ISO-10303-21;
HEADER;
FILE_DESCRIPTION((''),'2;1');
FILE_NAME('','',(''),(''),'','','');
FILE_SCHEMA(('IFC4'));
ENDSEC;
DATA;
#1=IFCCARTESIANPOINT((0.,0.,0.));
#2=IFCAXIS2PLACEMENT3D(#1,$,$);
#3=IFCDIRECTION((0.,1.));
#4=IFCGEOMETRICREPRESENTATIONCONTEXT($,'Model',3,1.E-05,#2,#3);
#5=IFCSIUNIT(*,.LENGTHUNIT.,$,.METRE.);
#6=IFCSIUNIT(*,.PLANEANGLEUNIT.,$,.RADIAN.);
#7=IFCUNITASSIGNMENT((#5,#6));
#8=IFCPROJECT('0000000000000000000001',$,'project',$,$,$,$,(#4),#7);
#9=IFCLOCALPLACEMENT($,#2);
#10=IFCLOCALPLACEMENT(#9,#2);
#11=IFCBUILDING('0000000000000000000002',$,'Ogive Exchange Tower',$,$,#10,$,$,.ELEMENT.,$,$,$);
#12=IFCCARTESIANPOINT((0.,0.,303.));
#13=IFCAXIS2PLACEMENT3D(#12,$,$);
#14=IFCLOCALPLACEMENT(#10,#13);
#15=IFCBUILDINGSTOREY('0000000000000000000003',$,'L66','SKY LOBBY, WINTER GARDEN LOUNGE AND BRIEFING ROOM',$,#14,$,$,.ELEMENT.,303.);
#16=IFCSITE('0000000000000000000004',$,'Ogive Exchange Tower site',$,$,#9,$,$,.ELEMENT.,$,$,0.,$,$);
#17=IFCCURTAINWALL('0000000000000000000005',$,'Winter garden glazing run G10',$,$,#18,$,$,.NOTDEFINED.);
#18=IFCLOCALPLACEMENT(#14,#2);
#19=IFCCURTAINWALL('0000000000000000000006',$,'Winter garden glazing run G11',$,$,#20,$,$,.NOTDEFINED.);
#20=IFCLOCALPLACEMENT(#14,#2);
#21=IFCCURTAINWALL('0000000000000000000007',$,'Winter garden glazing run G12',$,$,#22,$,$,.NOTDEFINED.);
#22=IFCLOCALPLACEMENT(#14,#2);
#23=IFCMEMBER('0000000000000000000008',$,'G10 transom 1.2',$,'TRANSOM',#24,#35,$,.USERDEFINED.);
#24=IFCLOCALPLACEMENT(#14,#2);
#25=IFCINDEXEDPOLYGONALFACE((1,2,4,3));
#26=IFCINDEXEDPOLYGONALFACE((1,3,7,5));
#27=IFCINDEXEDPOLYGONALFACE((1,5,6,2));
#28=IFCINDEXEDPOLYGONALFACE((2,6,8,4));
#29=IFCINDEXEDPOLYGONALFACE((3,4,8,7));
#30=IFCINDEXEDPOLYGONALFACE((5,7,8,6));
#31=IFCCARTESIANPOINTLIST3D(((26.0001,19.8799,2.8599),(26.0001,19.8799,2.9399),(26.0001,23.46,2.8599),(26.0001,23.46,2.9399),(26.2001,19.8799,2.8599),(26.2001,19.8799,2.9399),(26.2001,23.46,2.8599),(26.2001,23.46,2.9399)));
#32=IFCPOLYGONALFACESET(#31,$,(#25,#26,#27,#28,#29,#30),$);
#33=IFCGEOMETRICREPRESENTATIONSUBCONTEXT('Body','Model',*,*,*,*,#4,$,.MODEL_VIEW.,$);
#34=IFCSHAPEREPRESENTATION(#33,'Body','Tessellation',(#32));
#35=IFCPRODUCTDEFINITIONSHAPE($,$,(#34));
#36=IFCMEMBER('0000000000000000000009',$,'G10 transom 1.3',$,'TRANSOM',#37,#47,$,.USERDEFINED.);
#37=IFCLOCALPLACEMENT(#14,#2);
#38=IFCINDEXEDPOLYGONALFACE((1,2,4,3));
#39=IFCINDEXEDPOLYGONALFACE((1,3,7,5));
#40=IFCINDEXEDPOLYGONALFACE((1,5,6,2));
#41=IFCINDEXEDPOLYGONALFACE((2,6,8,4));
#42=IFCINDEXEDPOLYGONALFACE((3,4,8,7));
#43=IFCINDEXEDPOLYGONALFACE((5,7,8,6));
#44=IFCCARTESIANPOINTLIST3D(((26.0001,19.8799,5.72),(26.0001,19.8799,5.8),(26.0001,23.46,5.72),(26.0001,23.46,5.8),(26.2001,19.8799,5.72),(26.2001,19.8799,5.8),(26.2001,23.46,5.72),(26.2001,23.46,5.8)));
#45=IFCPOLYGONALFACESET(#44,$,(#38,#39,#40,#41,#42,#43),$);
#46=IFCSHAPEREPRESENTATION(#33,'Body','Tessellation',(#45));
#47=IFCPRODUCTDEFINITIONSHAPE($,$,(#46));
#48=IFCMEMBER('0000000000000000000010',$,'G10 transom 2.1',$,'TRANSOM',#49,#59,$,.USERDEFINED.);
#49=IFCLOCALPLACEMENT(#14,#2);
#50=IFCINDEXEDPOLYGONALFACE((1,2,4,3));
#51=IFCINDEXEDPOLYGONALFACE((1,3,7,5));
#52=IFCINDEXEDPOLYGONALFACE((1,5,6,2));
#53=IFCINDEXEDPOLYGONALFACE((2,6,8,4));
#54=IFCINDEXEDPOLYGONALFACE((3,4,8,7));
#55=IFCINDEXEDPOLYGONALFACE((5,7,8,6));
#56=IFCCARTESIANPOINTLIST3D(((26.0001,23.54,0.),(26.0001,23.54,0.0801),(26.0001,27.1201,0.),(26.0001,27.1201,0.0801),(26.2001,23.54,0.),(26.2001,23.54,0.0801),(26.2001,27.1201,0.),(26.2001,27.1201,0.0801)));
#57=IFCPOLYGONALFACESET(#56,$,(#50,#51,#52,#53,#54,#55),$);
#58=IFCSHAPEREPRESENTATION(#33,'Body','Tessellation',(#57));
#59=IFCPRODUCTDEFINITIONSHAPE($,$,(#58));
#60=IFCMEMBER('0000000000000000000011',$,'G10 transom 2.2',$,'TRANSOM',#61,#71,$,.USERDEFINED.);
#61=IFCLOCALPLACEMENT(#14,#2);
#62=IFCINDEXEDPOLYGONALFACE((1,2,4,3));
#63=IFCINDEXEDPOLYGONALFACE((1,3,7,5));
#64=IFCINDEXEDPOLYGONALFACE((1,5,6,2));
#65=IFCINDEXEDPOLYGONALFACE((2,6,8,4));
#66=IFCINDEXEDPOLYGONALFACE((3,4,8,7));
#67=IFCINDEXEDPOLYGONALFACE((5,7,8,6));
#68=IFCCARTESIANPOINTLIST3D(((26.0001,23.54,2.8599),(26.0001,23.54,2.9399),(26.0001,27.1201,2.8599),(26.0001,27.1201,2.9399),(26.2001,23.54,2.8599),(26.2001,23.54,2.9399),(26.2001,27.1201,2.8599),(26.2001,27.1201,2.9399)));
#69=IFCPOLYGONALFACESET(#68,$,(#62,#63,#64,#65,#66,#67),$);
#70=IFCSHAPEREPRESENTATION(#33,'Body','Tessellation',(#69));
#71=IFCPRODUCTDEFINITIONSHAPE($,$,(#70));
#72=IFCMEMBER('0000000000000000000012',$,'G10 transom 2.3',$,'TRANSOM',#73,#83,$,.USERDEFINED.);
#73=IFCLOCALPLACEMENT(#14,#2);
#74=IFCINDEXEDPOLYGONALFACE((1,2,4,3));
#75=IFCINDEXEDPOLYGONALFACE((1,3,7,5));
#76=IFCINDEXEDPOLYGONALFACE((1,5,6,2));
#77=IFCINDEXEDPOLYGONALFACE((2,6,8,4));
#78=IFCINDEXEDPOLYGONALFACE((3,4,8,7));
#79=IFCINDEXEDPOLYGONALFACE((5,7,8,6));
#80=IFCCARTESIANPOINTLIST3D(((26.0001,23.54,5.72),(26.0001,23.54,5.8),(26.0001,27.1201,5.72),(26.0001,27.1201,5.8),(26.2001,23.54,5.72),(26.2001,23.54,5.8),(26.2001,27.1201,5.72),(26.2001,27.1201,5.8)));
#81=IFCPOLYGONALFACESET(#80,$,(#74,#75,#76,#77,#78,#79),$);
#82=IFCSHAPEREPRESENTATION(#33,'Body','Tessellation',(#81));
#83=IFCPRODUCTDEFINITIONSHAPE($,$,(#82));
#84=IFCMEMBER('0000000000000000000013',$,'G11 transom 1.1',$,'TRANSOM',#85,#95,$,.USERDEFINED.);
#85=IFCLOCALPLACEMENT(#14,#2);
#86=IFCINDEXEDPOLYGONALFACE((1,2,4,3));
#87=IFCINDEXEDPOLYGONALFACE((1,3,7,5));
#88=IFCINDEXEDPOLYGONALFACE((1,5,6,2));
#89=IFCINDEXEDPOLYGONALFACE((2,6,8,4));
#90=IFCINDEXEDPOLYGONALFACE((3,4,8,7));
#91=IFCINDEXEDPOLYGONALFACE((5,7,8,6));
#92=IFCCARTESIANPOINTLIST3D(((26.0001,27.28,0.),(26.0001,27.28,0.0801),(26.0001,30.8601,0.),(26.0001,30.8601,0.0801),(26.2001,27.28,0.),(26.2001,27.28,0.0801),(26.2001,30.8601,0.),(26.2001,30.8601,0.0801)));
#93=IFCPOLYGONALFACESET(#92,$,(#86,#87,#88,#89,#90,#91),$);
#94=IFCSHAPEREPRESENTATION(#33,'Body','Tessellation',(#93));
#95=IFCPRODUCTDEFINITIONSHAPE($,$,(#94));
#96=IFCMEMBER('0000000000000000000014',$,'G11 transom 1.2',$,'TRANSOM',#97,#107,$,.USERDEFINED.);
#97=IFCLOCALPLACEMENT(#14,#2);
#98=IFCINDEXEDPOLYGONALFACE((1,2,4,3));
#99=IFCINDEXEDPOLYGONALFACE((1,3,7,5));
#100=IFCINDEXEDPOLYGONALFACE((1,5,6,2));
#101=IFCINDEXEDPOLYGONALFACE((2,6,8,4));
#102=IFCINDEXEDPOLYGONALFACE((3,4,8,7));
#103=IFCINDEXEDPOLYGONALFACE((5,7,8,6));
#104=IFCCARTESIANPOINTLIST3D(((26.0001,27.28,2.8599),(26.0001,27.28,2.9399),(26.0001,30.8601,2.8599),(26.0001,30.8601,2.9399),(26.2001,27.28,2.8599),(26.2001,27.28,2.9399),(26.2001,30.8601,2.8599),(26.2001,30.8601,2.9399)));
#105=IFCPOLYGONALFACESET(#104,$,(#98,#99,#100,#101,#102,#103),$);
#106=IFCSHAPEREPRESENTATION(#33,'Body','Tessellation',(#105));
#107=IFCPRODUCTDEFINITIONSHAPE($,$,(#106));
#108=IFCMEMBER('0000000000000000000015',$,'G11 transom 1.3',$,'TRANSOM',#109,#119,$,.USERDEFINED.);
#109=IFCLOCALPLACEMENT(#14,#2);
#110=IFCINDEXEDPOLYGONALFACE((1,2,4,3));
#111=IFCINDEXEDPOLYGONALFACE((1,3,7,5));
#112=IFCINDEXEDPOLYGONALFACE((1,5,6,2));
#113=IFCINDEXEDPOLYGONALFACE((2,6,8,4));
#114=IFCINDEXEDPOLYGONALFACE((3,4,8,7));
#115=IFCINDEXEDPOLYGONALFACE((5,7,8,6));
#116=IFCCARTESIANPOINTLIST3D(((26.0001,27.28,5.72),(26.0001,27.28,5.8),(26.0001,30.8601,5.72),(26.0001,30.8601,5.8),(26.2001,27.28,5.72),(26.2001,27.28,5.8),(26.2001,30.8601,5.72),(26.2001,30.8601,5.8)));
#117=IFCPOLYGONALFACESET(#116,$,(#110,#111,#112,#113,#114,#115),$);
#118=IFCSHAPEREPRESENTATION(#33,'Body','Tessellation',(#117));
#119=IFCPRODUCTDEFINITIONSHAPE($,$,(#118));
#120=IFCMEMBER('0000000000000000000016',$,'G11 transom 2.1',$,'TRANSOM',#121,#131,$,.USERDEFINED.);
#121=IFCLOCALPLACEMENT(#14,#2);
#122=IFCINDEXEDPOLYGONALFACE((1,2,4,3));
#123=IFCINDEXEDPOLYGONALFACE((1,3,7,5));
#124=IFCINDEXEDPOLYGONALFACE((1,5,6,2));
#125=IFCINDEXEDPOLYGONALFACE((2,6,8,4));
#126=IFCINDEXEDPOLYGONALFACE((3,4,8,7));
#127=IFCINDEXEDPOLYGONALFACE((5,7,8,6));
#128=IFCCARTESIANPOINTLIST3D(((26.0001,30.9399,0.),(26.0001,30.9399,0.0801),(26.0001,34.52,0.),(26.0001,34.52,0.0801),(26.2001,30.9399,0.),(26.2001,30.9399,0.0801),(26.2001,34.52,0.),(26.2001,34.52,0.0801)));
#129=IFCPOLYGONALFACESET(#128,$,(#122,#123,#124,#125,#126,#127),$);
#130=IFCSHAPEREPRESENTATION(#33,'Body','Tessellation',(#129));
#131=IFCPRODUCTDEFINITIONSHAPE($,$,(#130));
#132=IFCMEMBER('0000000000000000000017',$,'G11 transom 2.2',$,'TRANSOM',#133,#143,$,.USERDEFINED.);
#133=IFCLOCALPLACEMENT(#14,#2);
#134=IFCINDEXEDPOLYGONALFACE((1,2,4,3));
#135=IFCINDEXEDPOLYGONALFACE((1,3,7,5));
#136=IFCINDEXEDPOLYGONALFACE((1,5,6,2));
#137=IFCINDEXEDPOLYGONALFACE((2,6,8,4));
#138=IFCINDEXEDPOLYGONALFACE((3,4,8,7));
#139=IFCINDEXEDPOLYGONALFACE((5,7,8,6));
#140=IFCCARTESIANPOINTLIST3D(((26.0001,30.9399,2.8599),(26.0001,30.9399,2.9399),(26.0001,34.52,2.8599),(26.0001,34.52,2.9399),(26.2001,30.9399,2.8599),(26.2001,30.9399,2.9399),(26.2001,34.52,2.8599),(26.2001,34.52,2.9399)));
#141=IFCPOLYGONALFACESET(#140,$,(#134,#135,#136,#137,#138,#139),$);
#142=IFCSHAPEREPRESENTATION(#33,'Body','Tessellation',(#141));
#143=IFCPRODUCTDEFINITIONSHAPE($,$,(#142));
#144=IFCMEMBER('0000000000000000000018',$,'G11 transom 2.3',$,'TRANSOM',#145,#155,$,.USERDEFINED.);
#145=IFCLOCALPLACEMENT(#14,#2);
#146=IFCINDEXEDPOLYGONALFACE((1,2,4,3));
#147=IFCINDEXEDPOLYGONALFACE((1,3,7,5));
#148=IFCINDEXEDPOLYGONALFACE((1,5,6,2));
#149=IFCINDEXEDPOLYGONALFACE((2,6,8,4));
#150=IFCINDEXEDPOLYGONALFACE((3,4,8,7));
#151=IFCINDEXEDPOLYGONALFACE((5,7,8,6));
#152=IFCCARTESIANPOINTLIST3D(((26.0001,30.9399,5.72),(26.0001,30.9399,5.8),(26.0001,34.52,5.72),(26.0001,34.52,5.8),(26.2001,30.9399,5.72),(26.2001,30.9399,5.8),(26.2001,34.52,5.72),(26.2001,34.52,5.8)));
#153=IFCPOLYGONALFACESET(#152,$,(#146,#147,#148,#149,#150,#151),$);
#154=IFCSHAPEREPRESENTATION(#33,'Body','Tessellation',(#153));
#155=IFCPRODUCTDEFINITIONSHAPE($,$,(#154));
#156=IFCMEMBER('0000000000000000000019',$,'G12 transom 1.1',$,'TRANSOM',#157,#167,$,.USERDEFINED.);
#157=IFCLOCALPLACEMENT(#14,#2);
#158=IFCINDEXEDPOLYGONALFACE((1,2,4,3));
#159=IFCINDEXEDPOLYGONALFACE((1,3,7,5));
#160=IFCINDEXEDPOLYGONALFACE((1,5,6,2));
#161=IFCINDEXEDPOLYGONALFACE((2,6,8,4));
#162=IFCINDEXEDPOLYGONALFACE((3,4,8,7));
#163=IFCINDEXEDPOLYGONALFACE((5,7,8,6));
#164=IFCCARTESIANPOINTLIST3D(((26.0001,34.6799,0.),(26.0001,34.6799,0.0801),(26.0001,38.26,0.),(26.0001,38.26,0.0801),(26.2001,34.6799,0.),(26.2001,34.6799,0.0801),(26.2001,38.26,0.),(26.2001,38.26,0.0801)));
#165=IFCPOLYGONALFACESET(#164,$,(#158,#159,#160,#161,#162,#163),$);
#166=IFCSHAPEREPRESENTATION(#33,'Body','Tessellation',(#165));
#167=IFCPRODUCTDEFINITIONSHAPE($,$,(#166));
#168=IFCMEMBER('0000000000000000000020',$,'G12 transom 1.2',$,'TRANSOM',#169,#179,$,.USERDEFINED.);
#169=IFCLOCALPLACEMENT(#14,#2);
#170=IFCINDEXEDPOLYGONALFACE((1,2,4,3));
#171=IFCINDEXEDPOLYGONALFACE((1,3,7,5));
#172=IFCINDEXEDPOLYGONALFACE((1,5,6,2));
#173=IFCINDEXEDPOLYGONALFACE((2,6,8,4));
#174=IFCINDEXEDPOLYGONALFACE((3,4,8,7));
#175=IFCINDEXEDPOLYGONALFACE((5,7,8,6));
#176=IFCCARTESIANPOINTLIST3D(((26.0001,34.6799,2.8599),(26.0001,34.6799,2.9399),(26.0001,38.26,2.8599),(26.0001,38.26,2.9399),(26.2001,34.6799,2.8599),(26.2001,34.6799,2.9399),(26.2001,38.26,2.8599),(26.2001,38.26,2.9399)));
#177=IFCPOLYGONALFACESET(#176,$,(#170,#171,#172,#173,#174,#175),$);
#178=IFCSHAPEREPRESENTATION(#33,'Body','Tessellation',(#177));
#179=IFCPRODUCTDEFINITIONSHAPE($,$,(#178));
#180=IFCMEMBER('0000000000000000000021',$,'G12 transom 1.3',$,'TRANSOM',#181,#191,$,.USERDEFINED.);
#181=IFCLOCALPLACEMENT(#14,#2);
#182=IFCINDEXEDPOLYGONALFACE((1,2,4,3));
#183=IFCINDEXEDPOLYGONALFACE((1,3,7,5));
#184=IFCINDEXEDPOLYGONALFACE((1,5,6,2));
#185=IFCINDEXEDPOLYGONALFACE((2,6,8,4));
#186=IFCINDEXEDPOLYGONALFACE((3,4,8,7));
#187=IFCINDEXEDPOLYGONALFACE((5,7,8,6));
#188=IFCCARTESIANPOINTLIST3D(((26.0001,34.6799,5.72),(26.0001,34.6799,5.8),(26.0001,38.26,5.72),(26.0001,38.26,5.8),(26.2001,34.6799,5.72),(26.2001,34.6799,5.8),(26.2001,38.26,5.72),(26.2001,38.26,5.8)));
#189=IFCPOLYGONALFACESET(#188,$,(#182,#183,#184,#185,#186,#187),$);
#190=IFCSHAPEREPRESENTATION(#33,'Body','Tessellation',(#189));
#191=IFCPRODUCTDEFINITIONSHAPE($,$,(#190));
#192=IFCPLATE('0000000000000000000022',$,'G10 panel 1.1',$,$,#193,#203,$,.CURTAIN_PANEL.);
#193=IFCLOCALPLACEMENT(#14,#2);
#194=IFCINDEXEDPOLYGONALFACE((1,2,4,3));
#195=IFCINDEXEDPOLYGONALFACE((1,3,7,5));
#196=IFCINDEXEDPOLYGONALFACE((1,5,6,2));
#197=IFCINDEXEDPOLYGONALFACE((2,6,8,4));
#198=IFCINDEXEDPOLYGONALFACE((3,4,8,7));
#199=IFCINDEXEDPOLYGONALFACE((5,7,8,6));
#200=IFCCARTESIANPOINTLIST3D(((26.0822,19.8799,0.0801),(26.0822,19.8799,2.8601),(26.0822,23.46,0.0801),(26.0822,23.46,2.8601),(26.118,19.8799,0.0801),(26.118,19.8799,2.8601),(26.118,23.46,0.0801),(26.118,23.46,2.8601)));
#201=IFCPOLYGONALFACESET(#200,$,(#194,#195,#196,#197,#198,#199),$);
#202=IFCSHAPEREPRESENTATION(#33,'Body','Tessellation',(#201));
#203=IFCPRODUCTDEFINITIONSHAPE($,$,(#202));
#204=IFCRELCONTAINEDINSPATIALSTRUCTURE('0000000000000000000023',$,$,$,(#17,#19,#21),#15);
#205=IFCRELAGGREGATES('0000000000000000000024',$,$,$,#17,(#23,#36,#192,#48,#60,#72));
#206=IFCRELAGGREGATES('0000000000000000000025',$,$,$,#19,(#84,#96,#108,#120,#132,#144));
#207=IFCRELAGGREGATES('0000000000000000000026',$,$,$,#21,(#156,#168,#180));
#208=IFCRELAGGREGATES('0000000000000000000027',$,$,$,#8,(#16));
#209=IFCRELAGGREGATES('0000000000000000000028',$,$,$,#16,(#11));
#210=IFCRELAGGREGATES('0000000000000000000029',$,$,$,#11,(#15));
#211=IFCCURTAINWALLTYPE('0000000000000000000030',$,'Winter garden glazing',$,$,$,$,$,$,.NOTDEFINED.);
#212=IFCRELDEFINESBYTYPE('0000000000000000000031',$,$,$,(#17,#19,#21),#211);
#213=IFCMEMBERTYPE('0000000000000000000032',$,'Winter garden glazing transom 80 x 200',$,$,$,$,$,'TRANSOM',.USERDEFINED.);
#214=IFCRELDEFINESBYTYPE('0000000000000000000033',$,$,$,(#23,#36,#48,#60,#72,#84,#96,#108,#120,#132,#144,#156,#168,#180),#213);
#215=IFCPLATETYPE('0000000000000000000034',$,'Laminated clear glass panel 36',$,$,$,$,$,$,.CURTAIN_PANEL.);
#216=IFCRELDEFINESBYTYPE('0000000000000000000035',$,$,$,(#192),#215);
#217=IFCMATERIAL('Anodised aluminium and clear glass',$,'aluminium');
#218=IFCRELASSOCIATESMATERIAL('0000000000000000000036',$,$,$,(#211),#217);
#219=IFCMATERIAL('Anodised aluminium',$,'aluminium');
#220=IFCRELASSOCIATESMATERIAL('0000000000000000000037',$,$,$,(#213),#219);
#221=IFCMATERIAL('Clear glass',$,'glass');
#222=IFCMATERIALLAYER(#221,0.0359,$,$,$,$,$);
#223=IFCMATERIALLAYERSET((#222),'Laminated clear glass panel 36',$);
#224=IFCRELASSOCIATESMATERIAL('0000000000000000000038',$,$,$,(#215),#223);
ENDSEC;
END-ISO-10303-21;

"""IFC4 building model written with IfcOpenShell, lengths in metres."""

from ifc_helpers import new_model, si_unit, direction, frame, origin, origin_2d, place, context, subcontext, project, spatial, rectangle, extrude, material, layer, layer_set, material_profile, profile_set, type_object, element, aggregate, save


model = new_model("IFC4")

# Units and contexts
model_context = context("Model", 3, precision=1e-05, world=origin(), true_north=direction((0.0, 1.0)))
body_context = subcontext(model_context, "Body", "Model", "MODEL_VIEW")
ifc_project = project(units=[si_unit("LENGTHUNIT", "METRE"), si_unit("PLANEANGLEUNIT", "RADIAN")], contexts=[model_context])

# Site, building, storey
site_placement = place(None, origin())
site = spatial("IfcSite", under=ifc_project, at=site_placement, Name="Ogive Exchange Tower site", CompositionType="ELEMENT", RefElevation=0.0)
building_placement = place(site_placement, origin())
building = spatial("IfcBuilding", under=site, at=building_placement, Name="Ogive Exchange Tower", CompositionType="ELEMENT")
storey_placement = place(building_placement, frame((0.0, 0.0, 303.0)))
storey = spatial("IfcBuildingStorey", under=building, at=storey_placement, Name="L66", Description="SKY LOBBY, WINTER GARDEN LOUNGE AND BRIEFING ROOM", CompositionType="ELEMENT", Elevation=303.0)

# Curtain walls
ifc_material_1 = material(Name="Anodised aluminium and clear glass", Category="aluminium")
curtain_wall_type = type_object("IfcCurtainWallType", Name="Winter garden glazing", PredefinedType="NOTDEFINED", material=ifc_material_1)
curtain_wall_1_placement = place(storey_placement, origin())
curtain_wall_1 = element("IfcCurtainWall", 1, at=curtain_wall_1_placement, inside=storey, type_object=curtain_wall_type, Name="Winter garden glazing run G10", PredefinedType="NOTDEFINED")
ifc_material_2 = material(Name="Anodised aluminium", Category="aluminium")
curtain_wall_2_placement = place(storey_placement, origin())
curtain_wall_2 = element("IfcCurtainWall", 2, at=curtain_wall_2_placement, inside=storey, type_object=curtain_wall_type, Name="Winter garden glazing run G11", PredefinedType="NOTDEFINED")

# Curtain wall
curtain_wall_3_placement = place(storey_placement, origin())
curtain_wall_3 = element("IfcCurtainWall", 3, at=curtain_wall_3_placement, inside=storey, type_object=curtain_wall_type, Name="Winter garden glazing run G12", PredefinedType="NOTDEFINED")

# Members
ifc_material_profile_1 = material_profile(ifc_material_2, rectangle(XDim=0.2, YDim=0.0801, at=origin_2d()), Name="AL 80x200")
ifc_profile_set_1 = profile_set([ifc_material_profile_1], Name="Anodised aluminium")
member_type_1 = type_object("IfcMemberType", Name="Winter garden glazing transom 80 x 200", ElementType="TRANSOM", PredefinedType="USERDEFINED", material=ifc_profile_set_1)
member_1_placement = place(storey_placement, frame((26.1001, 19.8799, 2.8999), z_axis=(0.0, 1.0, 0.0), x_axis=(-1.0, 0.0, 0.0)))
member_1 = element("IfcMember", 4, at=member_1_placement, type_object=member_type_1, Name="G10 transom 1.2", ObjectType="TRANSOM", PredefinedType="USERDEFINED", context=body_context, shape_type="SweptSolid", body=[
    extrude(rectangle(XDim=0.2, YDim=0.0801, at=origin_2d()), origin(), (0.0, 0.0, 1.0), 3.5801),
])
member_2_placement = place(storey_placement, frame((26.1001, 19.8799, 5.76), z_axis=(0.0, 1.0, 0.0), x_axis=(-1.0, 0.0, 0.0)))
member_2 = element("IfcMember", 5, at=member_2_placement, type_object=member_type_1, Name="G10 transom 1.3", ObjectType="TRANSOM", PredefinedType="USERDEFINED", context=body_context, shape_type="SweptSolid", body=[
    extrude(rectangle(XDim=0.2, YDim=0.0801, at=origin_2d()), origin(), (0.0, 0.0, 1.0), 3.5801),
])
member_3_placement = place(storey_placement, frame((26.1001, 23.54, 0.04), z_axis=(0.0, 1.0, 0.0), x_axis=(-1.0, 0.0, 0.0)))
member_3 = element("IfcMember", 6, at=member_3_placement, type_object=member_type_1, Name="G10 transom 2.1", ObjectType="TRANSOM", PredefinedType="USERDEFINED", context=body_context, shape_type="SweptSolid", body=[
    extrude(rectangle(XDim=0.2, YDim=0.0801, at=origin_2d()), origin(), (0.0, 0.0, 1.0), 3.5801),
])
member_4_placement = place(storey_placement, frame((26.1001, 23.54, 2.8999), z_axis=(0.0, 1.0, 0.0), x_axis=(-1.0, 0.0, 0.0)))
member_4 = element("IfcMember", 7, at=member_4_placement, type_object=member_type_1, Name="G10 transom 2.2", ObjectType="TRANSOM", PredefinedType="USERDEFINED", context=body_context, shape_type="SweptSolid", body=[
    extrude(rectangle(XDim=0.2, YDim=0.0801, at=origin_2d()), origin(), (0.0, 0.0, 1.0), 3.5801),
])
member_5_placement = place(storey_placement, frame((26.1001, 23.54, 5.76), z_axis=(0.0, 1.0, 0.0), x_axis=(-1.0, 0.0, 0.0)))
member_5 = element("IfcMember", 8, at=member_5_placement, type_object=member_type_1, Name="G10 transom 2.3", ObjectType="TRANSOM", PredefinedType="USERDEFINED", context=body_context, shape_type="SweptSolid", body=[
    extrude(rectangle(XDim=0.2, YDim=0.0801, at=origin_2d()), origin(), (0.0, 0.0, 1.0), 3.5801),
])
member_6_placement = place(storey_placement, frame((26.1001, 27.28, 0.04), z_axis=(0.0, 1.0, 0.0), x_axis=(-1.0, 0.0, 0.0)))
member_6 = element("IfcMember", 9, at=member_6_placement, type_object=member_type_1, Name="G11 transom 1.1", ObjectType="TRANSOM", PredefinedType="USERDEFINED", context=body_context, shape_type="SweptSolid", body=[
    extrude(rectangle(XDim=0.2, YDim=0.0801, at=origin_2d()), origin(), (0.0, 0.0, 1.0), 3.5801),
])
member_7_placement = place(storey_placement, frame((26.1001, 27.28, 2.8999), z_axis=(0.0, 1.0, 0.0), x_axis=(-1.0, 0.0, 0.0)))
member_7 = element("IfcMember", 10, at=member_7_placement, type_object=member_type_1, Name="G11 transom 1.2", ObjectType="TRANSOM", PredefinedType="USERDEFINED", context=body_context, shape_type="SweptSolid", body=[
    extrude(rectangle(XDim=0.2, YDim=0.0801, at=origin_2d()), origin(), (0.0, 0.0, 1.0), 3.5801),
])
member_8_placement = place(storey_placement, frame((26.1001, 27.28, 5.76), z_axis=(0.0, 1.0, 0.0), x_axis=(-1.0, 0.0, 0.0)))
member_8 = element("IfcMember", 11, at=member_8_placement, type_object=member_type_1, Name="G11 transom 1.3", ObjectType="TRANSOM", PredefinedType="USERDEFINED", context=body_context, shape_type="SweptSolid", body=[
    extrude(rectangle(XDim=0.2, YDim=0.0801, at=origin_2d()), origin(), (0.0, 0.0, 1.0), 3.5801),
])
member_9_placement = place(storey_placement, frame((26.1001, 30.9399, 0.04), z_axis=(0.0, 1.0, 0.0), x_axis=(-1.0, 0.0, 0.0)))
member_9 = element("IfcMember", 12, at=member_9_placement, type_object=member_type_1, Name="G11 transom 2.1", ObjectType="TRANSOM", PredefinedType="USERDEFINED", context=body_context, shape_type="SweptSolid", body=[
    extrude(rectangle(XDim=0.2, YDim=0.0801, at=origin_2d()), origin(), (0.0, 0.0, 1.0), 3.5801),
])
member_10_placement = place(storey_placement, frame((26.1001, 30.9399, 2.8999), z_axis=(0.0, 1.0, 0.0), x_axis=(-1.0, 0.0, 0.0)))
member_10 = element("IfcMember", 13, at=member_10_placement, type_object=member_type_1, Name="G11 transom 2.2", ObjectType="TRANSOM", PredefinedType="USERDEFINED", context=body_context, shape_type="SweptSolid", body=[
    extrude(rectangle(XDim=0.2, YDim=0.0801, at=origin_2d()), origin(), (0.0, 0.0, 1.0), 3.5801),
])
member_11_placement = place(storey_placement, frame((26.1001, 30.9399, 5.76), z_axis=(0.0, 1.0, 0.0), x_axis=(-1.0, 0.0, 0.0)))
member_11 = element("IfcMember", 14, at=member_11_placement, type_object=member_type_1, Name="G11 transom 2.3", ObjectType="TRANSOM", PredefinedType="USERDEFINED", context=body_context, shape_type="SweptSolid", body=[
    extrude(rectangle(XDim=0.2, YDim=0.0801, at=origin_2d()), origin(), (0.0, 0.0, 1.0), 3.5801),
])
member_12_placement = place(storey_placement, frame((26.1001, 34.6799, 0.04), z_axis=(0.0, 1.0, 0.0), x_axis=(-1.0, 0.0, 0.0)))
member_12 = element("IfcMember", 15, at=member_12_placement, type_object=member_type_1, Name="G12 transom 1.1", ObjectType="TRANSOM", PredefinedType="USERDEFINED", context=body_context, shape_type="SweptSolid", body=[
    extrude(rectangle(XDim=0.2, YDim=0.0801, at=origin_2d()), origin(), (0.0, 0.0, 1.0), 3.5801),
])
member_13_placement = place(storey_placement, frame((26.1001, 34.6799, 2.8999), z_axis=(0.0, 1.0, 0.0), x_axis=(-1.0, 0.0, 0.0)))
member_13 = element("IfcMember", 16, at=member_13_placement, type_object=member_type_1, Name="G12 transom 1.2", ObjectType="TRANSOM", PredefinedType="USERDEFINED", context=body_context, shape_type="SweptSolid", body=[
    extrude(rectangle(XDim=0.2, YDim=0.0801, at=origin_2d()), origin(), (0.0, 0.0, 1.0), 3.5801),
])
member_14_placement = place(storey_placement, frame((26.1001, 34.6799, 5.76), z_axis=(0.0, 1.0, 0.0), x_axis=(-1.0, 0.0, 0.0)))
member_14 = element("IfcMember", 17, at=member_14_placement, type_object=member_type_1, Name="G12 transom 1.3", ObjectType="TRANSOM", PredefinedType="USERDEFINED", context=body_context, shape_type="SweptSolid", body=[
    extrude(rectangle(XDim=0.2, YDim=0.0801, at=origin_2d()), origin(), (0.0, 0.0, 1.0), 3.5801),
])

# Plate
ifc_material_3 = material(Name="Clear glass", Category="glass")
ifc_layer = layer(ifc_material_3, 0.0359)
ifc_layer_set = layer_set([ifc_layer], Name="Laminated clear glass panel 36")
plate_type = type_object("IfcPlateType", Name="Laminated clear glass panel 36", PredefinedType="CURTAIN_PANEL", material=ifc_layer_set)
plate_1_placement = place(storey_placement, frame((26.1001, 21.6699, 0.0801), z_axis=(0.0, 0.0, 1.0), x_axis=(0.0, 1.0, 0.0)))
plate_1 = element("IfcPlate", 18, at=plate_1_placement, type_object=plate_type, Name="G10 panel 1.1", PredefinedType="CURTAIN_PANEL", context=body_context, shape_type="SweptSolid", body=[
    extrude(rectangle(XDim=3.5801, YDim=0.0359, at=origin_2d()), origin(), (0.0, 0.0, 1.0), 2.78),
])
aggregate(curtain_wall_1, [member_1, member_2, plate_1, member_3, member_4, member_5])
aggregate(curtain_wall_2, [member_6, member_7, member_8, member_9, member_10, member_11])
aggregate(curtain_wall_3, [member_12, member_13, member_14])

save(model, "model.ifc")
